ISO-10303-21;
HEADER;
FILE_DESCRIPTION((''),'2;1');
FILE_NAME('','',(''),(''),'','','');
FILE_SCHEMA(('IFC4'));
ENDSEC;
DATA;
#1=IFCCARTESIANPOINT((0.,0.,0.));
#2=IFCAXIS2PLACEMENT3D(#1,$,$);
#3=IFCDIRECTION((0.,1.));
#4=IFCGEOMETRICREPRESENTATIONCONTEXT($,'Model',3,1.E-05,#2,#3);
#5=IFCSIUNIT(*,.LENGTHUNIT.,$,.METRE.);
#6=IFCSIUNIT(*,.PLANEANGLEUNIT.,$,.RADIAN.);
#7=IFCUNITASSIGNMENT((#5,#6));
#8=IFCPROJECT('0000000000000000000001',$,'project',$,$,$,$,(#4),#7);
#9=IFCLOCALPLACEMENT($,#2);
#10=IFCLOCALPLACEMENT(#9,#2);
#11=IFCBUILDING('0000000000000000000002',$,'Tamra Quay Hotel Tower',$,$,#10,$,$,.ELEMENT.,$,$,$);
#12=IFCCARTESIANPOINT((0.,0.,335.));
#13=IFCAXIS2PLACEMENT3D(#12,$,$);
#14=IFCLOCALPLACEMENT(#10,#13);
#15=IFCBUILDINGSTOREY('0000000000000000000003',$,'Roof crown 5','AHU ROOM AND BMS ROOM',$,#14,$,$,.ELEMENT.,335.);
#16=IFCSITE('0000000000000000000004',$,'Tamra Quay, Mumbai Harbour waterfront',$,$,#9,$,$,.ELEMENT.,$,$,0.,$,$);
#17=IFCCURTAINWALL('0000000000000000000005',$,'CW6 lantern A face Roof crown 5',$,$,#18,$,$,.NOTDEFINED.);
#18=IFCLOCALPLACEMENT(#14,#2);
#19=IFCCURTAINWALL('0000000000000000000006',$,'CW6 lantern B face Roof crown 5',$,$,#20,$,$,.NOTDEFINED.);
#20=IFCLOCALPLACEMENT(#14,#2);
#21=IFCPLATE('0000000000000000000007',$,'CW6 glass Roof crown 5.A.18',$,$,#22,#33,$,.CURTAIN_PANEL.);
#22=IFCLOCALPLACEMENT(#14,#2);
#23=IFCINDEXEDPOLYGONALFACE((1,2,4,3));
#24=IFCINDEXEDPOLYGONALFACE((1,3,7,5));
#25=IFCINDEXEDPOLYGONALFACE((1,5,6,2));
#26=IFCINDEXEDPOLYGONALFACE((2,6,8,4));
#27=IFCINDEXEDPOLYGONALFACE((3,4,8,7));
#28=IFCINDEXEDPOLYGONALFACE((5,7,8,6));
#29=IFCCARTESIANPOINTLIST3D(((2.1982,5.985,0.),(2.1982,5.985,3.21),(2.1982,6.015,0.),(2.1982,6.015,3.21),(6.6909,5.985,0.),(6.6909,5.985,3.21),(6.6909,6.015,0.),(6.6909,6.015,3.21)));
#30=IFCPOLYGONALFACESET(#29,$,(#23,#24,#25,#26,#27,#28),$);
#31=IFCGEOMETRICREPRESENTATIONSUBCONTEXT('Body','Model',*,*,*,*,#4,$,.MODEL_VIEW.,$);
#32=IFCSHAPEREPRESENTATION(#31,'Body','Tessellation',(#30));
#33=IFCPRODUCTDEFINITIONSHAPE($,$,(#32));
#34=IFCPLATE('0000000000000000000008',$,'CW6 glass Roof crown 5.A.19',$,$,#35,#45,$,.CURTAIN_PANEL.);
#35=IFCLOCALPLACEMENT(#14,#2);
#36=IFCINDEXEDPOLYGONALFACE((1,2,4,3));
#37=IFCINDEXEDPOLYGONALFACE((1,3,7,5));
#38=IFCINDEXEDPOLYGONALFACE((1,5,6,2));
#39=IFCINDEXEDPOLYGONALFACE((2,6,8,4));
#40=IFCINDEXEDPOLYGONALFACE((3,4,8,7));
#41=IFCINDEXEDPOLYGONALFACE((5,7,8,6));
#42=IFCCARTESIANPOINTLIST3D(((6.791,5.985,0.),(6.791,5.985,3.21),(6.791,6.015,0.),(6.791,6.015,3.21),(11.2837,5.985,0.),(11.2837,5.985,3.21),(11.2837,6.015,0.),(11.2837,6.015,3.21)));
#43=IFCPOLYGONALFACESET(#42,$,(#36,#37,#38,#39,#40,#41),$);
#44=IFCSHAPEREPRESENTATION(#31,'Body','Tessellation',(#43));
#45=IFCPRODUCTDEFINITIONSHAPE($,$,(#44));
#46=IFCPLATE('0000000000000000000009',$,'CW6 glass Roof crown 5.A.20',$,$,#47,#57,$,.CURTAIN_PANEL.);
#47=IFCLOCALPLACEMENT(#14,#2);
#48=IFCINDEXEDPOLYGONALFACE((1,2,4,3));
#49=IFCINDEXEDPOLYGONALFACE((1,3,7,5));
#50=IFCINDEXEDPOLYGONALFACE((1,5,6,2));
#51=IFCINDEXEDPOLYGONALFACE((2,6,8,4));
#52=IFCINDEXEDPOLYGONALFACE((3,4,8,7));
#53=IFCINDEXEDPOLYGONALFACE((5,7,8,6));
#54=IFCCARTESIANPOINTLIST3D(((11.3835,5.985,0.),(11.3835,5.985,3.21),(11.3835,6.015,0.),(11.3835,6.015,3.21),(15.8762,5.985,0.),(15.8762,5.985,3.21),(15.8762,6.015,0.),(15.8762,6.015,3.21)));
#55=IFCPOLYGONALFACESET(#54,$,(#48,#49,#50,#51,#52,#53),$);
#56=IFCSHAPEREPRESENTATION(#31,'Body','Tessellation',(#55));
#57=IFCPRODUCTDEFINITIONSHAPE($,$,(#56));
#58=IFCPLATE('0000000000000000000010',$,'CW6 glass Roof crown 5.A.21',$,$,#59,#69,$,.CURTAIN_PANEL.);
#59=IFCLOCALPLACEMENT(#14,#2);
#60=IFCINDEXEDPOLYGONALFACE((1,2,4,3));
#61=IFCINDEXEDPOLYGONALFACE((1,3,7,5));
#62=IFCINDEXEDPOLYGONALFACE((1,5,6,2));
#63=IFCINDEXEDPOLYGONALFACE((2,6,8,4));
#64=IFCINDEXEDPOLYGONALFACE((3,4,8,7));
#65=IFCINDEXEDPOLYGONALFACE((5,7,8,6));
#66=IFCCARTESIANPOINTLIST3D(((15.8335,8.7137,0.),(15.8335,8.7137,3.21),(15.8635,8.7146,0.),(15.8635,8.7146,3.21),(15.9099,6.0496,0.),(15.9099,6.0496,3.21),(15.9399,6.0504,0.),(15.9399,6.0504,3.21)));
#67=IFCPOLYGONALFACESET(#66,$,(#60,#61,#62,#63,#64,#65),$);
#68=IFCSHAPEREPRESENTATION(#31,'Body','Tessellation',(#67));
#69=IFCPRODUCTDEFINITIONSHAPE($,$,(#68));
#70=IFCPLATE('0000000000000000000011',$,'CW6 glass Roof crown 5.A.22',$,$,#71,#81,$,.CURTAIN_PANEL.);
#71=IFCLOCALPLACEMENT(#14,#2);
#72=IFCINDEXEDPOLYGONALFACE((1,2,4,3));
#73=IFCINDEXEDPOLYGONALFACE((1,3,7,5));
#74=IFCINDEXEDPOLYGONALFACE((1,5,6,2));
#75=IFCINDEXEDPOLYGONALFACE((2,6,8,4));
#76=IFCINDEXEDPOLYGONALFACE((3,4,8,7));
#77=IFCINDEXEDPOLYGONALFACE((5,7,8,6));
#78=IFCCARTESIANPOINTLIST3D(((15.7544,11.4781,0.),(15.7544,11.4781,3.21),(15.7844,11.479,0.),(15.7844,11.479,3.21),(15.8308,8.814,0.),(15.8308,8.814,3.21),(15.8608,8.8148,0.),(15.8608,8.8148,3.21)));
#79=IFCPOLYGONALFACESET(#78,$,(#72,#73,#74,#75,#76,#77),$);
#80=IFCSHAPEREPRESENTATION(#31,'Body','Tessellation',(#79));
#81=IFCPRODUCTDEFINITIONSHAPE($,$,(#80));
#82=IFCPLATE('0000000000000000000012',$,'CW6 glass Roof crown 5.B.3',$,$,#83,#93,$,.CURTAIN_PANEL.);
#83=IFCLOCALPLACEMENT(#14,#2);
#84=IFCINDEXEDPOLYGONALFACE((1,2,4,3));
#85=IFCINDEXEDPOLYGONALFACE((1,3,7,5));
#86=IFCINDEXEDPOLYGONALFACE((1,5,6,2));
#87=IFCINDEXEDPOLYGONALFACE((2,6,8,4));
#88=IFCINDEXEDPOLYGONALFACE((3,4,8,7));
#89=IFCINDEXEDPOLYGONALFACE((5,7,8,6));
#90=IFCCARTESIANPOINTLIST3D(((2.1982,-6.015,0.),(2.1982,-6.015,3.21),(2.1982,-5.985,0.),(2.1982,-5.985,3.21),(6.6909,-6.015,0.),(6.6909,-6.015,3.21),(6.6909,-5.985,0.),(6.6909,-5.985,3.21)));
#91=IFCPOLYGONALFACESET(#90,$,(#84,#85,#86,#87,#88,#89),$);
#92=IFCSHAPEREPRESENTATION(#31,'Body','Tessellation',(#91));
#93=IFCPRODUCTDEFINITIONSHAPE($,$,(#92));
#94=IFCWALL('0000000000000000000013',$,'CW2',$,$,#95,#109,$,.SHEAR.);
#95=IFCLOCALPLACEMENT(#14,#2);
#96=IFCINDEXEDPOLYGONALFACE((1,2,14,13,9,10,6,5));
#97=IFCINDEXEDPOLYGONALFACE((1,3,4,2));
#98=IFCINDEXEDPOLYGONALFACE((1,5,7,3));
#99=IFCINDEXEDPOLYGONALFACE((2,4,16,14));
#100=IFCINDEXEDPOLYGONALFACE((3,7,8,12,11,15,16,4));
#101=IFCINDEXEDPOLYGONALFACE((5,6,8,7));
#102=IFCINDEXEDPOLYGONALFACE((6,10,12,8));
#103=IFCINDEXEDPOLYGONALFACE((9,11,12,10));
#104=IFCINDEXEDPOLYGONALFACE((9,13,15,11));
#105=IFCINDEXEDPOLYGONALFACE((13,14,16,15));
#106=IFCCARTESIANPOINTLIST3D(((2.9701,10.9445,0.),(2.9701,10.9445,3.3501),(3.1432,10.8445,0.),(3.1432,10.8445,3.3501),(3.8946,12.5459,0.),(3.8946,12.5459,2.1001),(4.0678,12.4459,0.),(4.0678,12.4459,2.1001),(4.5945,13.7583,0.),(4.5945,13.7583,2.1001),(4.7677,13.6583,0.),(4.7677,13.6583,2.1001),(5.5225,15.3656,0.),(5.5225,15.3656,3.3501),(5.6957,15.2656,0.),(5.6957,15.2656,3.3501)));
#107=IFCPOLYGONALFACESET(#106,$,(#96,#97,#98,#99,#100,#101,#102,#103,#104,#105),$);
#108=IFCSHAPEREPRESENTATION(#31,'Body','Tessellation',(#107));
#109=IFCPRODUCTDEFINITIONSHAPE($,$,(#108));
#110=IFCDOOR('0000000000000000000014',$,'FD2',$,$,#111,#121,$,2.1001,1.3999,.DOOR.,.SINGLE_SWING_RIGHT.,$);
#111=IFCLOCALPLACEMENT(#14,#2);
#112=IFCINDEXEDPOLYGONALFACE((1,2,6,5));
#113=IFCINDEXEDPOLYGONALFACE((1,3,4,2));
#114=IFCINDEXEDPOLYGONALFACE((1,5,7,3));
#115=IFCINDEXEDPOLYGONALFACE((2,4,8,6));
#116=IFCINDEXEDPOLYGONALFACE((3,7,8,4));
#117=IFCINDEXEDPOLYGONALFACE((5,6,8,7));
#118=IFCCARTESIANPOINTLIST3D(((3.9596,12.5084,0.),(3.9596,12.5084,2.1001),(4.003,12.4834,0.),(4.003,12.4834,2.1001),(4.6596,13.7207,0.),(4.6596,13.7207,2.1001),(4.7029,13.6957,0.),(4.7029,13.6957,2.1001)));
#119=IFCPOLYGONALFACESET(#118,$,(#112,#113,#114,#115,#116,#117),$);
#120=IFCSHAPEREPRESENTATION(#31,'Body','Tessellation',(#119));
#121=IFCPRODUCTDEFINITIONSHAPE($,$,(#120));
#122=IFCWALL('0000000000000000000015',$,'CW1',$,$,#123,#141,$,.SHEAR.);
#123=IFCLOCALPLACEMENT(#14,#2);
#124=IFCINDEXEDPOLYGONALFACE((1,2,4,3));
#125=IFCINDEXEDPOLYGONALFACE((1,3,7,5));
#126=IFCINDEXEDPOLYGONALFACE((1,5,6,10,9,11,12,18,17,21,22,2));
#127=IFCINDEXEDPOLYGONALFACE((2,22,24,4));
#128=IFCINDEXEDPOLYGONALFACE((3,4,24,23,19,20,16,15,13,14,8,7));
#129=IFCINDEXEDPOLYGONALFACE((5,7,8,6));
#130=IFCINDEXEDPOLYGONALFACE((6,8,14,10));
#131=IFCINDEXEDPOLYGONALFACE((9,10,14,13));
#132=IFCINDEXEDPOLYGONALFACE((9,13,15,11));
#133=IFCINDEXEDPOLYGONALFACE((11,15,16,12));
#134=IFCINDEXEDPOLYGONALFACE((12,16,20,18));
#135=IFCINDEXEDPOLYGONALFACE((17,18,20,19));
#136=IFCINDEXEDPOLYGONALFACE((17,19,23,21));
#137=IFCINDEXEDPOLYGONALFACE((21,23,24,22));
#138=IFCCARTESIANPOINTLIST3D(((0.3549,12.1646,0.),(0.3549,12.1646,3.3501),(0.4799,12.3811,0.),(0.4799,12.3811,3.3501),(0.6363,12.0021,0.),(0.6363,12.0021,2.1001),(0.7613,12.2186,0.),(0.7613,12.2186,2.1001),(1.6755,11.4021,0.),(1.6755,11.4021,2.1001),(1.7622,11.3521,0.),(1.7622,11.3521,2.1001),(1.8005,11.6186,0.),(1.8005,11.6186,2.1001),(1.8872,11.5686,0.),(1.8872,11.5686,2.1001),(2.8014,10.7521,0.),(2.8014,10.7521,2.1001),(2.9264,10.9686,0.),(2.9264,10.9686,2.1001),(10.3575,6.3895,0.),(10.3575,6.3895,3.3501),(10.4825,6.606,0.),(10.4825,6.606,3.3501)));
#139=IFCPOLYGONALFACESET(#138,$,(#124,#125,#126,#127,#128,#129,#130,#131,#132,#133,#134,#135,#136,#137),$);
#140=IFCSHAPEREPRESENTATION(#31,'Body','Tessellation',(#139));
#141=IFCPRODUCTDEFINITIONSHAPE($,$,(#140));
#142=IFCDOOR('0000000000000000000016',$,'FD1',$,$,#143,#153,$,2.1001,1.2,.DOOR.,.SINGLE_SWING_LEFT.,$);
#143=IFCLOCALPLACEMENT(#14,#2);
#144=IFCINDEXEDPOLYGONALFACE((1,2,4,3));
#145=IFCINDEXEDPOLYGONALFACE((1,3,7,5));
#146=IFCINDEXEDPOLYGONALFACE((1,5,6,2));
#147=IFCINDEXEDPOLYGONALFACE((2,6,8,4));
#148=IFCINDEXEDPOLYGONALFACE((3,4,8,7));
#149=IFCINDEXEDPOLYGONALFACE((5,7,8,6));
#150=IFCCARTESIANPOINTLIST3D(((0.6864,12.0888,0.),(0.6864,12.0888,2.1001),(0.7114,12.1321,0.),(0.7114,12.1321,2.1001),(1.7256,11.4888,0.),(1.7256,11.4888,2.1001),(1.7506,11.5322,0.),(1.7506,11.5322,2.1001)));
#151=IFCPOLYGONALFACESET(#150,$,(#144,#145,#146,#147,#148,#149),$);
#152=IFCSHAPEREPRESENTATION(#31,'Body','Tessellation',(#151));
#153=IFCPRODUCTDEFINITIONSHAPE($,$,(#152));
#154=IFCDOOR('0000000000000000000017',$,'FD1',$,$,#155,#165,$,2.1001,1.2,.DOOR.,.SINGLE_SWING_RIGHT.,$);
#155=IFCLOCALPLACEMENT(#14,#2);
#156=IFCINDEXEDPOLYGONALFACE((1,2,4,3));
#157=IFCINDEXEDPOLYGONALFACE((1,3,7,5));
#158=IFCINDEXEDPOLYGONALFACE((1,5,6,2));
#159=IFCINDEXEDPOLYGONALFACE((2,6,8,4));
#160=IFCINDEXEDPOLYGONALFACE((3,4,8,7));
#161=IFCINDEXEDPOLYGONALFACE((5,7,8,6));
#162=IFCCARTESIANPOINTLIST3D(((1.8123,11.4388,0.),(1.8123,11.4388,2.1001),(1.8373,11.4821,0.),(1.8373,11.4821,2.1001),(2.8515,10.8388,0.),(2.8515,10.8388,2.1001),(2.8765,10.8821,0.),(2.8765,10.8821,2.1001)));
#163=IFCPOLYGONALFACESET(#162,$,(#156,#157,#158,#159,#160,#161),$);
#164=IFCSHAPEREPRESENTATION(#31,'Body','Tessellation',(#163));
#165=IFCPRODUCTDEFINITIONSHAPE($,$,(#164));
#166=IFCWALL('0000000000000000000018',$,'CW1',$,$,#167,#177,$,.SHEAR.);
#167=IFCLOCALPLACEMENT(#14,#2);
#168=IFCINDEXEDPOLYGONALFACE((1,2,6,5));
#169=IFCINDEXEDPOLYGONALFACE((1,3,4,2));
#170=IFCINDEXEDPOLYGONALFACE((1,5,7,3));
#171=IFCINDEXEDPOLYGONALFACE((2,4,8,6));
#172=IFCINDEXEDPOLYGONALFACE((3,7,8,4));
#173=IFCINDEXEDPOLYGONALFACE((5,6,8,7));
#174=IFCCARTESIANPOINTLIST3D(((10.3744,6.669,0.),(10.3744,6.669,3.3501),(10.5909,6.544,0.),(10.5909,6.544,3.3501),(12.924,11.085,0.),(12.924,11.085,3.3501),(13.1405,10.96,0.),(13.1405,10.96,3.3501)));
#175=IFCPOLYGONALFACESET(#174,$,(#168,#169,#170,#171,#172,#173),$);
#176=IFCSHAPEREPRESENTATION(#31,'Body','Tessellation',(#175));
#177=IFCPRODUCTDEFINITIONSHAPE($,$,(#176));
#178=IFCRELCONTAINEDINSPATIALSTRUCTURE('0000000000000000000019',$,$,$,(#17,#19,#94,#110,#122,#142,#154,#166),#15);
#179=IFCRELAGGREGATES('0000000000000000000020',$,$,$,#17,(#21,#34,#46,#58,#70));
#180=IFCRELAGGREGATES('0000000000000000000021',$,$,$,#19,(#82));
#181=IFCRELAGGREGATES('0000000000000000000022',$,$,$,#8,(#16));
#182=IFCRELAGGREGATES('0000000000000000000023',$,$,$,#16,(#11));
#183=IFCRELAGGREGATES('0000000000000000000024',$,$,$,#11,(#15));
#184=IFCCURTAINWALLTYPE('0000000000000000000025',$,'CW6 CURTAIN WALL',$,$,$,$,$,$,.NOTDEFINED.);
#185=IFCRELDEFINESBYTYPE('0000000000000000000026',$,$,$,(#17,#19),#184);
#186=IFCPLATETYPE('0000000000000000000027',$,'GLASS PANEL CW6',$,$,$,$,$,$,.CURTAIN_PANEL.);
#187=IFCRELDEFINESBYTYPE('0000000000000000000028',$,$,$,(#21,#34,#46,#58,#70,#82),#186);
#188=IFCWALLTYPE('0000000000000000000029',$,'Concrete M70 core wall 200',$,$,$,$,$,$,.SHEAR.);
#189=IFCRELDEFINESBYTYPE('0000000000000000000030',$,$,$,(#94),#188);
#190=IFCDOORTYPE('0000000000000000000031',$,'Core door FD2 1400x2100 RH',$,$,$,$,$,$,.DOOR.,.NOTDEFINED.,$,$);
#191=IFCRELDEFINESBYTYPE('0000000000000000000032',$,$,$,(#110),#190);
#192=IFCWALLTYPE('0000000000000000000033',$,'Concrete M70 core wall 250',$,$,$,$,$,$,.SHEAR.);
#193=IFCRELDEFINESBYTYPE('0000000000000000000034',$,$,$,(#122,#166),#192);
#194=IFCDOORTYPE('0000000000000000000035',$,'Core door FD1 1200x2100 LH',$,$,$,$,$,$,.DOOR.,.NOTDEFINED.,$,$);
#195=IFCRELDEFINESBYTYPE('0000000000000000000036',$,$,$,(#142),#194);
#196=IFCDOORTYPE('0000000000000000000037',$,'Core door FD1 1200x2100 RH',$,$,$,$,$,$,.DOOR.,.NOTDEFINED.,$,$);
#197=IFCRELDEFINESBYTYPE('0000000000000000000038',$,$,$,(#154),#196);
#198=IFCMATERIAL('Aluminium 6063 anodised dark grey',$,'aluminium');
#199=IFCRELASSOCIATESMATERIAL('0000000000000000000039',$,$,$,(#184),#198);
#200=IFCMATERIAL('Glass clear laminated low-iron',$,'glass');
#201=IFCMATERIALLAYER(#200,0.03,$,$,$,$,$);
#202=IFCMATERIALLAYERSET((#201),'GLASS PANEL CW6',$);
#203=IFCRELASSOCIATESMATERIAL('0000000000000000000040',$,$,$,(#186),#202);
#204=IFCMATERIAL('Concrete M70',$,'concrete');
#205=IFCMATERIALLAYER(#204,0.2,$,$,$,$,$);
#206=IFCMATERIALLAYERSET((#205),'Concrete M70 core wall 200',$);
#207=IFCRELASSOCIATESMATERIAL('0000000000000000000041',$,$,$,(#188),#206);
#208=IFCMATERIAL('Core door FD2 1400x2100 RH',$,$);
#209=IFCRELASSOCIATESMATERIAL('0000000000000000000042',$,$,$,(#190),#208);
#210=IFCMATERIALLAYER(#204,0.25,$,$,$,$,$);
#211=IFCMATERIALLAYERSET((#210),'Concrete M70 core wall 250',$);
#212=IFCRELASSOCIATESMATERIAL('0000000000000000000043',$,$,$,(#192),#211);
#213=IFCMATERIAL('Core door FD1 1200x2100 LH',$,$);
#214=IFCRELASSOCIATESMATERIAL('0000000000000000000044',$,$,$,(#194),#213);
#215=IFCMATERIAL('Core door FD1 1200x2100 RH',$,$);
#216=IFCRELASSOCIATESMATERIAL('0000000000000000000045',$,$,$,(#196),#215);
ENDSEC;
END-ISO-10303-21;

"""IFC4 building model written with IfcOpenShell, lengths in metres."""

from ifc_helpers import new_model, si_unit, direction, frame, frame_2d, origin, origin_2d, place, context, subcontext, project, spatial, rectangle, extrude, material, layer, layer_set, type_object, element, fill, aggregate, save


model = new_model("IFC4")

# Units and contexts
model_context = context("Model", 3, precision=1e-05, world=origin(), true_north=direction((0.0, 1.0)))
body_context = subcontext(model_context, "Body", "Model", "MODEL_VIEW")
ifc_project = project(units=[si_unit("LENGTHUNIT", "METRE"), si_unit("PLANEANGLEUNIT", "RADIAN")], contexts=[model_context])

# Site, building, storey
site_placement = place(None, origin())
site = spatial("IfcSite", under=ifc_project, at=site_placement, Name="Tamra Quay, Mumbai Harbour waterfront", CompositionType="ELEMENT", RefElevation=0.0)
building_placement = place(site_placement, origin())
building = spatial("IfcBuilding", under=site, at=building_placement, Name="Tamra Quay Hotel Tower", CompositionType="ELEMENT")
storey_placement = place(building_placement, frame((0.0, 0.0, 335.0)))
storey = spatial("IfcBuildingStorey", under=building, at=storey_placement, Name="Roof crown 5", Description="AHU ROOM AND BMS ROOM", CompositionType="ELEMENT", Elevation=335.0)

# Curtain wall
ifc_material_1 = material(Name="Aluminium 6063 anodised dark grey", Category="aluminium")
curtain_wall_type = type_object("IfcCurtainWallType", Name="CW6 CURTAIN WALL", PredefinedType="NOTDEFINED", material=ifc_material_1)
curtain_wall_1_placement = place(storey_placement, origin())
curtain_wall_1 = element("IfcCurtainWall", 1, at=curtain_wall_1_placement, inside=storey, type_object=curtain_wall_type, Name="CW6 lantern A face Roof crown 5", PredefinedType="NOTDEFINED")

# Curtain wall
curtain_wall_2_placement = place(storey_placement, origin())
curtain_wall_2 = element("IfcCurtainWall", 2, at=curtain_wall_2_placement, inside=storey, type_object=curtain_wall_type, Name="CW6 lantern B face Roof crown 5", PredefinedType="NOTDEFINED")

# Plates
ifc_material_2 = material(Name="Glass clear laminated low-iron", Category="glass")
ifc_layer_1 = layer(ifc_material_2, 0.03)
ifc_layer_set_1 = layer_set([ifc_layer_1], Name="GLASS PANEL CW6")
plate_type = type_object("IfcPlateType", Name="GLASS PANEL CW6", PredefinedType="CURTAIN_PANEL", material=ifc_layer_set_1)
plate_1_placement = place(storey_placement, frame((4.4446, 6.0, 0.0), z_axis=(0.0, 0.0, 1.0), x_axis=(1.0, 0.0, 0.0)))
plate_1 = element("IfcPlate", 3, at=plate_1_placement, type_object=plate_type, Name="CW6 glass Roof crown 5.A.18", PredefinedType="CURTAIN_PANEL", context=body_context, shape_type="SweptSolid", body=[
    extrude(rectangle(XDim=4.4927, YDim=0.03, at=origin_2d()), origin(), (0.0, 0.0, 1.0), 3.21),
])
plate_2_placement = place(storey_placement, frame((9.0374, 6.0, 0.0), z_axis=(0.0, 0.0, 1.0), x_axis=(1.0, 0.0, 0.0)))
plate_2 = element("IfcPlate", 4, at=plate_2_placement, type_object=plate_type, Name="CW6 glass Roof crown 5.A.19", PredefinedType="CURTAIN_PANEL", context=body_context, shape_type="SweptSolid", body=[
    extrude(rectangle(XDim=4.4927, YDim=0.03, at=origin_2d()), origin(), (0.0, 0.0, 1.0), 3.21),
])
plate_3_placement = place(storey_placement, frame((13.6299, 6.0, 0.0), z_axis=(0.0, 0.0, 1.0), x_axis=(1.0, 0.0, 0.0)))
plate_3 = element("IfcPlate", 5, at=plate_3_placement, type_object=plate_type, Name="CW6 glass Roof crown 5.A.20", PredefinedType="CURTAIN_PANEL", context=body_context, shape_type="SweptSolid", body=[
    extrude(rectangle(XDim=4.4927, YDim=0.03, at=origin_2d()), origin(), (0.0, 0.0, 1.0), 3.21),
])
plate_4_placement = place(storey_placement, frame((15.8867, 7.3821, 0.0), z_axis=(0.0, 0.0, 1.0), x_axis=(-0.02865, 0.99959, 0.0)))
plate_4 = element("IfcPlate", 6, at=plate_4_placement, type_object=plate_type, Name="CW6 glass Roof crown 5.A.21", PredefinedType="CURTAIN_PANEL", context=body_context, shape_type="SweptSolid", body=[
    extrude(rectangle(XDim=2.6653, YDim=0.03, at=origin_2d()), origin(), (0.0, 0.0, 1.0), 3.21),
])
plate_5_placement = place(storey_placement, frame((15.8076, 10.1465, 0.0), z_axis=(0.0, 0.0, 1.0), x_axis=(-0.02865, 0.99959, 0.0)))
plate_5 = element("IfcPlate", 7, at=plate_5_placement, type_object=plate_type, Name="CW6 glass Roof crown 5.A.22", PredefinedType="CURTAIN_PANEL", context=body_context, shape_type="SweptSolid", body=[
    extrude(rectangle(XDim=2.6653, YDim=0.03, at=origin_2d()), origin(), (0.0, 0.0, 1.0), 3.21),
])
aggregate(curtain_wall_1, [plate_1, plate_2, plate_3, plate_4, plate_5])
plate_6_placement = place(storey_placement, frame((4.4446, -6.0, 0.0), z_axis=(0.0, 0.0, 1.0), x_axis=(-1.0, 0.0, 0.0)))
plate_6 = element("IfcPlate", 8, at=plate_6_placement, type_object=plate_type, Name="CW6 glass Roof crown 5.B.3", PredefinedType="CURTAIN_PANEL", context=body_context, shape_type="SweptSolid", body=[
    extrude(rectangle(XDim=4.4927, YDim=0.03, at=origin_2d()), origin(), (0.0, 0.0, 1.0), 3.21),
])
aggregate(curtain_wall_2, [plate_6])

# Wall, opening, door
ifc_material_3 = material(Name="Concrete M70", Category="concrete")
ifc_layer_2 = layer(ifc_material_3, 0.2)
ifc_layer_set_2 = layer_set([ifc_layer_2], Name="Concrete M70 core wall 200")
wall_type_1 = type_object("IfcWallType", Name="Concrete M70 core wall 200", PredefinedType="SHEAR", material=ifc_layer_set_2)
wall_1_placement = place(storey_placement, frame((3.0566, 10.8945, 0.0), z_axis=(0.0, 0.0, 1.0), x_axis=(0.499992, 0.86603, 0.0)))
wall_1 = element("IfcWall", 9, at=wall_1_placement, inside=storey, type_object=wall_type_1, Name="CW2", PredefinedType="SHEAR", context=body_context, shape_type="SweptSolid", body=[
    extrude(rectangle(XDim=5.105, YDim=0.2, at=frame_2d((2.5525, 0.0))), origin(), (0.0, 0.0, 1.0), 3.3501),
])
opening_1_placement = place(wall_1_placement, frame((1.8491, 0.0, 0.0)))
opening_1 = element("IfcOpeningElement", 10, at=opening_1_placement, cuts=wall_1, PredefinedType="OPENING", context=body_context, shape_type="SweptSolid", body=[
    extrude(rectangle(XDim=1.3999, YDim=2.1001, at=frame_2d((0.7, 1.05))), frame((0.0, 0.1099, 0.0), z_axis=(0.0, -1.0, 0.0), x_axis=(1.0, 0.0, 0.0)), (0.0, 0.0, 1.0), 0.22),
])
ifc_material_4 = material(Name="Core door FD2 1400x2100 RH")
door_type_1 = type_object("IfcDoorType", Name="Core door FD2 1400x2100 RH", OperationType="NOTDEFINED", PredefinedType="DOOR", material=ifc_material_4)
door_1_placement = place(opening_1_placement, origin())
door_1 = element("IfcDoor", 11, at=door_1_placement, inside=storey, type_object=door_type_1, Name="FD2", OperationType="SINGLE_SWING_RIGHT", OverallHeight=2.1001, OverallWidth=1.3999, PredefinedType="DOOR", context=body_context, shape_type="SweptSolid", body=[
    extrude(rectangle(XDim=1.3999, YDim=2.1001, at=frame_2d((0.7, 1.05))), frame((0.0, 0.0249, 0.0), z_axis=(0.0, -1.0, 0.0), x_axis=(1.0, 0.0, 0.0)), (0.0, 0.0, 1.0), 0.05),
])
fill(opening_1, door_1)

# Wall, openings, doors
ifc_layer_3 = layer(ifc_material_3, 0.25)
ifc_layer_set_3 = layer_set([ifc_layer_3], Name="Concrete M70 core wall 250")
wall_type_2 = type_object("IfcWallType", Name="Concrete M70 core wall 250", PredefinedType="SHEAR", material=ifc_layer_set_3)
wall_2_placement = place(storey_placement, frame((10.4199, 6.4978, 0.0), z_axis=(0.0, 0.0, 1.0), x_axis=(-0.866022, 0.500006, 0.0)))
wall_2 = element("IfcWall", 12, at=wall_2_placement, inside=storey, type_object=wall_type_2, Name="CW1", PredefinedType="SHEAR", context=body_context, shape_type="SweptSolid", body=[
    extrude(rectangle(XDim=11.55, YDim=0.25, at=frame_2d((5.7749, 0.0))), origin(), (0.0, 0.0, 1.0), 3.3501),
])
opening_2_placement = place(wall_2_placement, frame((10.0249, 0.0, 0.0)))
opening_2 = element("IfcOpeningElement", 13, at=opening_2_placement, cuts=wall_2, PredefinedType="OPENING", context=body_context, shape_type="SweptSolid", body=[
    extrude(rectangle(XDim=1.2, YDim=2.1001, at=frame_2d((0.6001, 1.05))), frame((0.0, 0.135, 0.0), z_axis=(0.0, -1.0, 0.0), x_axis=(1.0, 0.0, 0.0)), (0.0, 0.0, 1.0), 0.27),
])
opening_3_placement = place(wall_2_placement, frame((8.7249, 0.0, 0.0)))
opening_3 = element("IfcOpeningElement", 14, at=opening_3_placement, cuts=wall_2, PredefinedType="OPENING", context=body_context, shape_type="SweptSolid", body=[
    extrude(rectangle(XDim=1.2, YDim=2.1001, at=frame_2d((0.6001, 1.05))), frame((0.0, 0.135, 0.0), z_axis=(0.0, -1.0, 0.0), x_axis=(1.0, 0.0, 0.0)), (0.0, 0.0, 1.0), 0.27),
])
ifc_material_5 = material(Name="Core door FD1 1200x2100 LH")
door_type_2 = type_object("IfcDoorType", Name="Core door FD1 1200x2100 LH", OperationType="NOTDEFINED", PredefinedType="DOOR", material=ifc_material_5)
door_2_placement = place(opening_2_placement, origin())
door_2 = element("IfcDoor", 15, at=door_2_placement, inside=storey, type_object=door_type_2, Name="FD1", OperationType="SINGLE_SWING_LEFT", OverallHeight=2.1001, OverallWidth=1.2, PredefinedType="DOOR", context=body_context, shape_type="SweptSolid", body=[
    extrude(rectangle(XDim=1.2, YDim=2.1001, at=frame_2d((0.6001, 1.05))), frame((0.0, 0.0249, 0.0), z_axis=(0.0, -1.0, 0.0), x_axis=(1.0, 0.0, 0.0)), (0.0, 0.0, 1.0), 0.05),
])
fill(opening_2, door_2)
ifc_material_6 = material(Name="Core door FD1 1200x2100 RH")
door_type_3 = type_object("IfcDoorType", Name="Core door FD1 1200x2100 RH", OperationType="NOTDEFINED", PredefinedType="DOOR", material=ifc_material_6)
door_3_placement = place(opening_3_placement, origin())
door_3 = element("IfcDoor", 16, at=door_3_placement, inside=storey, type_object=door_type_3, Name="FD1", OperationType="SINGLE_SWING_RIGHT", OverallHeight=2.1001, OverallWidth=1.2, PredefinedType="DOOR", context=body_context, shape_type="SweptSolid", body=[
    extrude(rectangle(XDim=1.2, YDim=2.1001, at=frame_2d((0.6001, 1.05))), frame((0.0, 0.0249, 0.0), z_axis=(0.0, -1.0, 0.0), x_axis=(1.0, 0.0, 0.0)), (0.0, 0.0, 1.0), 0.05),
])
fill(opening_3, door_3)

# Wall
wall_3_placement = place(storey_placement, frame((13.0322, 11.0225, 0.0), z_axis=(0.0, 0.0, 1.0), x_axis=(-0.499996, -0.866028, 0.0)))
element("IfcWall", 17, at=wall_3_placement, inside=storey, type_object=wall_type_2, Name="CW1", PredefinedType="SHEAR", context=body_context, shape_type="SweptSolid", body=[
    extrude(rectangle(XDim=5.0991, YDim=0.25, at=frame_2d((2.5496, 0.0))), origin(), (0.0, 0.0, 1.0), 3.3501),
])

save(model, "model.ifc")
